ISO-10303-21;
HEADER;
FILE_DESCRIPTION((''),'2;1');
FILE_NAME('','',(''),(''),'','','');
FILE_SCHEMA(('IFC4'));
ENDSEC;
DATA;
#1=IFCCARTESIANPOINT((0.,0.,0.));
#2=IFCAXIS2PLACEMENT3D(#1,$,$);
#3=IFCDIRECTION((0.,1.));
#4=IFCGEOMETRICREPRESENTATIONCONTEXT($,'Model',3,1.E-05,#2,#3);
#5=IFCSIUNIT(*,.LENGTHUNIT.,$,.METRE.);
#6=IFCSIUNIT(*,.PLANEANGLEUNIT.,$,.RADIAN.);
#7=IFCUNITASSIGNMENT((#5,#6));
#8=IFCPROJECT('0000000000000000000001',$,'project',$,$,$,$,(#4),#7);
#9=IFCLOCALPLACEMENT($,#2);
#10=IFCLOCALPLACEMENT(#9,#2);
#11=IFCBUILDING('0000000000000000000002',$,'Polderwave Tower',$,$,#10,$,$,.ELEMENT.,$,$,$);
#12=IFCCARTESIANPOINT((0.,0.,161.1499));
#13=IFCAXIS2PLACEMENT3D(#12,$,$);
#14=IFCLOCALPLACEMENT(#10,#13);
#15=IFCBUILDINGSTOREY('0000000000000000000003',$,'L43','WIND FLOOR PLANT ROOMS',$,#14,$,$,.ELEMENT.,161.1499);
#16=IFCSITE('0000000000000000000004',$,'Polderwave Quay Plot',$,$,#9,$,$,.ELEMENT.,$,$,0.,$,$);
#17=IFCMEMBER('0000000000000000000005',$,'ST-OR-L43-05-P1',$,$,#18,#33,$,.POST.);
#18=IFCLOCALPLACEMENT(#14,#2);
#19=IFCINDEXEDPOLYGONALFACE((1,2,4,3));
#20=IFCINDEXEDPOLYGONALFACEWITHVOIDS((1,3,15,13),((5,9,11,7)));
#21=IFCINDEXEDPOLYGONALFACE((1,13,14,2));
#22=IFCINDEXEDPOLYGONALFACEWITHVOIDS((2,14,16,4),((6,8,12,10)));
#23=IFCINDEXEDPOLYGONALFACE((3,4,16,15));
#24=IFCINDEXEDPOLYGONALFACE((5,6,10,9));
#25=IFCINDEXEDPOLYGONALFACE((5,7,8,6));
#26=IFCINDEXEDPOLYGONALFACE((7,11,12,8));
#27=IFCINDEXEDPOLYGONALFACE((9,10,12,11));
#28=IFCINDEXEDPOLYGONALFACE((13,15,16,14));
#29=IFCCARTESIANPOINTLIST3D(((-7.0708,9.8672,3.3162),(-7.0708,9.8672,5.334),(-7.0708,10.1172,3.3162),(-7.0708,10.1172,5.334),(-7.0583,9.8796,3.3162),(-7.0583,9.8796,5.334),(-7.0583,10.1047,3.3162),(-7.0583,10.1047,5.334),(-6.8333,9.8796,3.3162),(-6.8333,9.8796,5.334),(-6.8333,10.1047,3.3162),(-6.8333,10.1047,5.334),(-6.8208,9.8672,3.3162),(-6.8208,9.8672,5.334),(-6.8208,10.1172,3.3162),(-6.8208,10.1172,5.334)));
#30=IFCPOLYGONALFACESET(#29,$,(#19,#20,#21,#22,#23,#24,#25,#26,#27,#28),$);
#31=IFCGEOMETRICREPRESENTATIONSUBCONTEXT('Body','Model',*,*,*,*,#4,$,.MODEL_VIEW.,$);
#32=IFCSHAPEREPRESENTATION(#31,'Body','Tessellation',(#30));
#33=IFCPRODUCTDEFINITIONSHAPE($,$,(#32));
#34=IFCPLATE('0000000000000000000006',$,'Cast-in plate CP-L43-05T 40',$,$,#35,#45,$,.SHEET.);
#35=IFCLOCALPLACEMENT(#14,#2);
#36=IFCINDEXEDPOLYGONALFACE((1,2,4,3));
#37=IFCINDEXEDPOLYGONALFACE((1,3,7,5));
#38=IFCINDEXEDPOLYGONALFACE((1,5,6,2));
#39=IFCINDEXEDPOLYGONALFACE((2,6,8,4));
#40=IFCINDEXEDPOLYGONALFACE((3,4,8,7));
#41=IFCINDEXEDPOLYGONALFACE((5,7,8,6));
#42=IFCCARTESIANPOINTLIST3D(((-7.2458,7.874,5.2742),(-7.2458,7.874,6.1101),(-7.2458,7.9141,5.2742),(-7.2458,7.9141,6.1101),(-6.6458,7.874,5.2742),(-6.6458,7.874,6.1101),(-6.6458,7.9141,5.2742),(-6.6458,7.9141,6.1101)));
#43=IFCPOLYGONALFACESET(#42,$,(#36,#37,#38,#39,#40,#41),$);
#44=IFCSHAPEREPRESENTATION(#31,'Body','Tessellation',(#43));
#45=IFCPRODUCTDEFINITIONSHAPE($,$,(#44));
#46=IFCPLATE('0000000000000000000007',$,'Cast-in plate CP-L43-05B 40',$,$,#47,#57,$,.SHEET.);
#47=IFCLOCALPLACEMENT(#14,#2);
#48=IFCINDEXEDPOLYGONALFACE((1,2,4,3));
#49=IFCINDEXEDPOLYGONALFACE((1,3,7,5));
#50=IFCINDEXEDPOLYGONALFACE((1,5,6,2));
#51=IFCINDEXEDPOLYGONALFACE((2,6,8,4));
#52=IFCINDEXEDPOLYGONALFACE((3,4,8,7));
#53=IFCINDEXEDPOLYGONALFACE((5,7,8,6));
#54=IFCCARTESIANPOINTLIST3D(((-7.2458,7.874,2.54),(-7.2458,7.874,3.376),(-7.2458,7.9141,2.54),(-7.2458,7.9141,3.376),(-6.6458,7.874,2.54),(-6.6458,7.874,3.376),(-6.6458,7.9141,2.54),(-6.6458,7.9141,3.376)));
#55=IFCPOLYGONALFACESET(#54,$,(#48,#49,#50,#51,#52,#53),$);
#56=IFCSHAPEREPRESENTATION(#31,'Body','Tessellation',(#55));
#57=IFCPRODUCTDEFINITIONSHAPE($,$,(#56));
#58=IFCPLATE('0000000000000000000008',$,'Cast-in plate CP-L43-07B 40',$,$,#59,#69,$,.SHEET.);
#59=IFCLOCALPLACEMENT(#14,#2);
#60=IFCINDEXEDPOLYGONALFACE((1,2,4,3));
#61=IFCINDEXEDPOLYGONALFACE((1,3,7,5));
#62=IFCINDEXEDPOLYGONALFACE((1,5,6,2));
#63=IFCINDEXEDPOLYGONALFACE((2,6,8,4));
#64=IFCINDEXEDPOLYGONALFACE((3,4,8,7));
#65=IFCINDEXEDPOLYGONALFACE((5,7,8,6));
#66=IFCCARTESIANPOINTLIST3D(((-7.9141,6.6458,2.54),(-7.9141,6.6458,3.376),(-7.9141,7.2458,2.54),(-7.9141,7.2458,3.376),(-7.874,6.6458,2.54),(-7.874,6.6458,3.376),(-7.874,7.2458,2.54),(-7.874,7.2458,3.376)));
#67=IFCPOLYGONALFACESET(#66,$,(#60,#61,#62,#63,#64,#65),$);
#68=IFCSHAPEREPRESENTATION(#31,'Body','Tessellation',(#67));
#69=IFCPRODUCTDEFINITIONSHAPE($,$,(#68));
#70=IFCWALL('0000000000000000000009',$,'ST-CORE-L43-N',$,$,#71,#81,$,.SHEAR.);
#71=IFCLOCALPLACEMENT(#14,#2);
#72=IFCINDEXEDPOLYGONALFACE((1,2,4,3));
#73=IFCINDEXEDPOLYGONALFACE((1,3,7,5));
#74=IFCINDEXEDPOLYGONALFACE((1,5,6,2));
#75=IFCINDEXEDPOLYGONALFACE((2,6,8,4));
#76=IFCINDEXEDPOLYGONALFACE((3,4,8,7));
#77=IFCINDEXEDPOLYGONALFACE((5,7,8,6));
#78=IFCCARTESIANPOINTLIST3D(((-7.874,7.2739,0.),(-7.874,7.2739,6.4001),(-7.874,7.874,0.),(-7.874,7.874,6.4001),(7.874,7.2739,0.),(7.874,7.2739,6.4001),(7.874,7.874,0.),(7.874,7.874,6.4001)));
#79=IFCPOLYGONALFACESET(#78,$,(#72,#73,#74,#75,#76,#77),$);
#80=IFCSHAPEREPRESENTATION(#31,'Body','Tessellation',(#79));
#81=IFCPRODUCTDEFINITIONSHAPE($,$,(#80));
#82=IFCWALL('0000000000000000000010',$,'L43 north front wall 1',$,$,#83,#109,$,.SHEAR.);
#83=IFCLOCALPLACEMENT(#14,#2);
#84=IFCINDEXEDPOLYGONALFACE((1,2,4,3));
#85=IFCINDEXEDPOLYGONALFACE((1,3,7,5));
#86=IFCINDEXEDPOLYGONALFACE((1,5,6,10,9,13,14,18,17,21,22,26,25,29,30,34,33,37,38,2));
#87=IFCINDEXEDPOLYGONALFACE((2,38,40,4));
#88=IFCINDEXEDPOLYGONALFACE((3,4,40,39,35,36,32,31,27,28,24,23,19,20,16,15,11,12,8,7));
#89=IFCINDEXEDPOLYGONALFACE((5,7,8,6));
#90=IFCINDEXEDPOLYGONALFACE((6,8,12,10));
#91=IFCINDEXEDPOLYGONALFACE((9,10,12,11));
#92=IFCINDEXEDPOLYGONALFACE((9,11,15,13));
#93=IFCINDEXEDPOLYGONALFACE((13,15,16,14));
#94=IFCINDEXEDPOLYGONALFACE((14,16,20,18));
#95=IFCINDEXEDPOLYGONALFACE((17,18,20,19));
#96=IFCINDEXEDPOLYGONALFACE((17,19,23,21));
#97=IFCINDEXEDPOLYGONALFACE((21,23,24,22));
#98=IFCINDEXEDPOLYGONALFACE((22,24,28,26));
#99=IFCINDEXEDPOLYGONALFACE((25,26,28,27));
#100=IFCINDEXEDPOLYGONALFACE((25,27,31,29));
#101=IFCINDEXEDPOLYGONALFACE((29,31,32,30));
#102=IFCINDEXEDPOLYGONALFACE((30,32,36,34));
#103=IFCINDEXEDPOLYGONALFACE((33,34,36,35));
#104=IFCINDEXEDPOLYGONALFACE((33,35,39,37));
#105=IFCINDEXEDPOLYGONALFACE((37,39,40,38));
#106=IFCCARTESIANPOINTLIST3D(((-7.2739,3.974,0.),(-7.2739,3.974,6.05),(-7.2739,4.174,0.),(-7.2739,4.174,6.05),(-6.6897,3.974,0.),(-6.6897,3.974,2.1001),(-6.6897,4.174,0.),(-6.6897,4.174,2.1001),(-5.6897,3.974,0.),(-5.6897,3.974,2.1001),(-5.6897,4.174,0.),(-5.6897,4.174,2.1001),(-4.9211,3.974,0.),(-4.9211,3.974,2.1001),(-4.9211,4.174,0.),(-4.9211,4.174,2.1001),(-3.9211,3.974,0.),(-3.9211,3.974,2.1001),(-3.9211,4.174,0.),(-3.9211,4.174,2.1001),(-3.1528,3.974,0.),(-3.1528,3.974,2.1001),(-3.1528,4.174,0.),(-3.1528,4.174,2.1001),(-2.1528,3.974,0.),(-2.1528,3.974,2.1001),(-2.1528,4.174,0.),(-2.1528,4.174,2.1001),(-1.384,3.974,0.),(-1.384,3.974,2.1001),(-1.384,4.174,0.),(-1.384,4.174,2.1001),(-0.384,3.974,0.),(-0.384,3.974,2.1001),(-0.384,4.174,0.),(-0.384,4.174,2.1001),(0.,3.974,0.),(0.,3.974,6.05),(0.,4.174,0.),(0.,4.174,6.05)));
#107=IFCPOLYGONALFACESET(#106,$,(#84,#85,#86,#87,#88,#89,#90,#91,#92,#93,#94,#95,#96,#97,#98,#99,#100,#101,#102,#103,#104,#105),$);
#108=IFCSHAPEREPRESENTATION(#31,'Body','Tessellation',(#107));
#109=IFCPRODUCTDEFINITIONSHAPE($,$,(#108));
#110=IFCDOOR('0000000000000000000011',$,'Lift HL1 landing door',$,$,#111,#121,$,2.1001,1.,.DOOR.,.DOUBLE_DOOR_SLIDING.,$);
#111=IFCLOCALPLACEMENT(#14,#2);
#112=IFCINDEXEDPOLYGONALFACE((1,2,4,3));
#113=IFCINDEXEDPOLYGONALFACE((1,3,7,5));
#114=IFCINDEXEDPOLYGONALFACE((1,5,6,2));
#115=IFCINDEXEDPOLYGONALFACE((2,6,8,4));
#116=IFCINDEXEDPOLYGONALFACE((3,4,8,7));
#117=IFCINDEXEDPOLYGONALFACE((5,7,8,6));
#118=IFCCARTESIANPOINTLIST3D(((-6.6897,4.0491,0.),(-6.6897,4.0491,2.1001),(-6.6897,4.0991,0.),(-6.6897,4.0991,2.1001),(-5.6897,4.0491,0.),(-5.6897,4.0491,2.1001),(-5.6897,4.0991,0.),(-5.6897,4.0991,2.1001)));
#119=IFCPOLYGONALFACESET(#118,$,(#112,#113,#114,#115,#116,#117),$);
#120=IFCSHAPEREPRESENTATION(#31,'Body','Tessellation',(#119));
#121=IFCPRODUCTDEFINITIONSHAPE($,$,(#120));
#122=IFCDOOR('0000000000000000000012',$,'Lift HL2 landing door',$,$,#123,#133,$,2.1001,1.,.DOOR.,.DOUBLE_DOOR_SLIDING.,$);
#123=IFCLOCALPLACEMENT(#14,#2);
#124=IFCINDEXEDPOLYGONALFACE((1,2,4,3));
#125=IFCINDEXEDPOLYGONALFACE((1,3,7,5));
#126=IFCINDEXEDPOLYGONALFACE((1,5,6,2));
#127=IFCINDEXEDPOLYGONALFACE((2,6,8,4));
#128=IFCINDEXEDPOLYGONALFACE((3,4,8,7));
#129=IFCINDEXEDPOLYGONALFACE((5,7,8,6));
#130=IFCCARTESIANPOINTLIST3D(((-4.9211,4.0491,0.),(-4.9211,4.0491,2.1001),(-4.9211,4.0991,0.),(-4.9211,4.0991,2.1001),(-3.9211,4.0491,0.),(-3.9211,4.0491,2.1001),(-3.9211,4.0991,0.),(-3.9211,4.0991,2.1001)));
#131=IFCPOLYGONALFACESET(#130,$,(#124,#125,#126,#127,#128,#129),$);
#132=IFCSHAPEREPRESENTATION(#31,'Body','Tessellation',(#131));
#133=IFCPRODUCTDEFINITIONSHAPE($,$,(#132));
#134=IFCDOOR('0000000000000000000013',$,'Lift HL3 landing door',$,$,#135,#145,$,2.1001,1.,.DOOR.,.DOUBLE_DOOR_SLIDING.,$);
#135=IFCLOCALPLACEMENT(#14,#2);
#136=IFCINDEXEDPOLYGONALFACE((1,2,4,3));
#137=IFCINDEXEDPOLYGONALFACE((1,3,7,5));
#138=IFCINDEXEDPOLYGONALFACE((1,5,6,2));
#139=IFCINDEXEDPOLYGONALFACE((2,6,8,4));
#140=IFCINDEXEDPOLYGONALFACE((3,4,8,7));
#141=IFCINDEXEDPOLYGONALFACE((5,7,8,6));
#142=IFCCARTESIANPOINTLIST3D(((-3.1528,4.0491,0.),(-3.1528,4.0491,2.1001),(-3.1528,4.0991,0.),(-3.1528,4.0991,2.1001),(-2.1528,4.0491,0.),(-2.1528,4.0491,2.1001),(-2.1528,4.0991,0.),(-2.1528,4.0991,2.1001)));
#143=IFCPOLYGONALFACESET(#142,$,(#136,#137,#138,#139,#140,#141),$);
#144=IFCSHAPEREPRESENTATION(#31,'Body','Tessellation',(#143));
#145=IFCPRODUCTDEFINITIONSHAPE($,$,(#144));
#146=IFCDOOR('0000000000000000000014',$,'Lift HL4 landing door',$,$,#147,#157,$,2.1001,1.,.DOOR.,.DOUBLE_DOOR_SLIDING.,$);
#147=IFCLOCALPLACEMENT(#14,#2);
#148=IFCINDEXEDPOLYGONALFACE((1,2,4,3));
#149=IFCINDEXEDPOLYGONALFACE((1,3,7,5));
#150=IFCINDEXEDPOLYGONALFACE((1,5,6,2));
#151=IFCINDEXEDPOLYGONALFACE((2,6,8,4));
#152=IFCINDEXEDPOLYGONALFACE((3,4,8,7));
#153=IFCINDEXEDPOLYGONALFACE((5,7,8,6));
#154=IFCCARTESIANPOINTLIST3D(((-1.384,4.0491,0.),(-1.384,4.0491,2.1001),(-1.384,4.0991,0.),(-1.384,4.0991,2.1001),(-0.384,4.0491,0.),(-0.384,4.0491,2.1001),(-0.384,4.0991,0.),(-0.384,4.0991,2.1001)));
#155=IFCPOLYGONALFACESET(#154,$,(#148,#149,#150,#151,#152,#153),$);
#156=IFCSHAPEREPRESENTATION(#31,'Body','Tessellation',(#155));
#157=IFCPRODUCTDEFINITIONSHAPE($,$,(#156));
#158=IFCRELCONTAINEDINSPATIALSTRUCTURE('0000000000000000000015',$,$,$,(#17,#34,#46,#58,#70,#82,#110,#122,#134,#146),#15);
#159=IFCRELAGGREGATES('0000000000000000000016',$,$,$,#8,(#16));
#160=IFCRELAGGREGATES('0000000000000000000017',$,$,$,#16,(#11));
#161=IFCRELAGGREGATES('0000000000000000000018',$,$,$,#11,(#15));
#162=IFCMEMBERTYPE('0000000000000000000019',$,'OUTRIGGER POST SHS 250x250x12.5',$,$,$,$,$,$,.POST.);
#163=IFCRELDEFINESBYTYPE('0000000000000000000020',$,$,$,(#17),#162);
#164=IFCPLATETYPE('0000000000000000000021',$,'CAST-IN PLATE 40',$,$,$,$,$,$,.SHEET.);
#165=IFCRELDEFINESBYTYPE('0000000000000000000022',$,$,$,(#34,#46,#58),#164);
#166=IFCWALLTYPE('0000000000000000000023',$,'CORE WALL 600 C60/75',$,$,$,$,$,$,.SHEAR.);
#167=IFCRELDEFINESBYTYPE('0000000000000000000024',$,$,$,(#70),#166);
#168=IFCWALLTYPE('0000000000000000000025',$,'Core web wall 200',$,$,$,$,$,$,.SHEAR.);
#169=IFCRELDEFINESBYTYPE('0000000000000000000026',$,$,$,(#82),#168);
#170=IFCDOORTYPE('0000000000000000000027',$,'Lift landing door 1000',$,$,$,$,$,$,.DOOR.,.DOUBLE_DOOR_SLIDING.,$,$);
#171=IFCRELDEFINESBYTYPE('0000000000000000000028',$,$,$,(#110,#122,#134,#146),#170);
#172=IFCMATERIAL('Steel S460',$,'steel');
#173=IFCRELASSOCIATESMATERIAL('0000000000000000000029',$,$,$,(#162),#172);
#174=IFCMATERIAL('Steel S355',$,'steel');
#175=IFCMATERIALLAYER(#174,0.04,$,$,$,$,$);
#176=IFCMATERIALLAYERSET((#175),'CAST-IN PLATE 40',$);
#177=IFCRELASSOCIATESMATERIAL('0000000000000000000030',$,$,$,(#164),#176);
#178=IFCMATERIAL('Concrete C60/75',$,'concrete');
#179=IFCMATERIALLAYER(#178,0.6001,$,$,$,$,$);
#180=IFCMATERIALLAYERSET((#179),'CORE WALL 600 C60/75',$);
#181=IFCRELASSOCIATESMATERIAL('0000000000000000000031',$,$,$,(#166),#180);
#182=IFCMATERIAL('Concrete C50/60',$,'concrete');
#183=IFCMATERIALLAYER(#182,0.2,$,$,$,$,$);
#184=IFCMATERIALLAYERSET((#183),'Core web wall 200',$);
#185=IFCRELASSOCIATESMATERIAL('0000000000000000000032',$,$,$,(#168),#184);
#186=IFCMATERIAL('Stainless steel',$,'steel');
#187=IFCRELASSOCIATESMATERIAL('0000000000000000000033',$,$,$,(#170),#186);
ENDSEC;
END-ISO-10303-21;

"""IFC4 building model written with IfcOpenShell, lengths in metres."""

from ifc_helpers import new_model, si_unit, direction, frame, frame_2d, origin, origin_2d, place, context, subcontext, project, spatial, rectangle, hollow_rectangle, extrude, material, layer, layer_set, material_profile, profile_set, type_object, element, fill, save


model = new_model("IFC4")

# Units and contexts
model_context = context("Model", 3, precision=1e-05, world=origin(), true_north=direction((0.0, 1.0)))
body_context = subcontext(model_context, "Body", "Model", "MODEL_VIEW")
ifc_project = project(units=[si_unit("LENGTHUNIT", "METRE"), si_unit("PLANEANGLEUNIT", "RADIAN")], contexts=[model_context])

# Site, building, storey
site_placement = place(None, origin())
site = spatial("IfcSite", under=ifc_project, at=site_placement, Name="Polderwave Quay Plot", CompositionType="ELEMENT", RefElevation=0.0)
building_placement = place(site_placement, origin())
building = spatial("IfcBuilding", under=site, at=building_placement, Name="Polderwave Tower", CompositionType="ELEMENT")
storey_placement = place(building_placement, frame((0.0, 0.0, 161.1499)))
storey = spatial("IfcBuildingStorey", under=building, at=storey_placement, Name="L43", Description="WIND FLOOR PLANT ROOMS", CompositionType="ELEMENT", Elevation=161.1499)

# Member
ifc_material_1 = material(Name="Steel S460", Category="steel")
ifc_material_profile_1 = material_profile(ifc_material_1, hollow_rectangle(XDim=0.25, YDim=0.25, WallThickness=0.0125, at=origin_2d()), Name="SHS 250x250x12.5")
ifc_profile_set_1 = profile_set([ifc_material_profile_1], Name="Steel S460")
member_type_1 = type_object("IfcMemberType", Name="OUTRIGGER POST SHS 250x250x12.5", PredefinedType="POST", material=ifc_profile_set_1)
member_placement = place(storey_placement, frame((-6.9458, 9.9922, 3.3162), z_axis=(0.0, 0.0, 1.0), x_axis=(1.0, 0.0, 0.0)))
element("IfcMember", 1, at=member_placement, inside=storey, type_object=member_type_1, Name="ST-OR-L43-05-P1", PredefinedType="POST", context=body_context, shape_type="SweptSolid", body=[
    extrude(hollow_rectangle(XDim=0.25, YDim=0.25, WallThickness=0.0125, at=origin_2d()), origin(), (0.0, 0.0, 1.0), 2.0178),
])

# Plates
ifc_material_2 = material(Name="Steel S355", Category="steel")
ifc_layer_1 = layer(ifc_material_2, 0.04)
ifc_layer_set_1 = layer_set([ifc_layer_1], Name="CAST-IN PLATE 40")
plate_type = type_object("IfcPlateType", Name="CAST-IN PLATE 40", PredefinedType="SHEET", material=ifc_layer_set_1)
for number, where, z_axis, x_axis, name in (
    (2, (-6.9458, 7.894, 5.2742), (0.0, 0.0, 1.0), (0.0, 1.0, 0.0), "Cast-in plate CP-L43-05T 40"),
    (3, (-6.9458, 7.894, 2.54), (0.0, 0.0, 1.0), (0.0, 1.0, 0.0), "Cast-in plate CP-L43-05B 40"),
    (4, (-7.894, 6.9458, 2.54), (0.0, 0.0, 1.0), (1.0, 0.0, 0.0), "Cast-in plate CP-L43-07B 40"),
):
    element("IfcPlate", number, at=place(storey_placement, frame(where, z_axis=z_axis, x_axis=x_axis)), inside=storey, type_object=plate_type, Name=name, PredefinedType="SHEET", context=body_context, shape_type="SweptSolid", body=[
        extrude(rectangle(XDim=0.04, YDim=0.6001, at=origin_2d()), origin(), (0.0, 0.0, 1.0), 0.8359),
    ])

# Wall
ifc_material_3 = material(Name="Concrete C60/75", Category="concrete")
ifc_layer_2 = layer(ifc_material_3, 0.6001)
ifc_layer_set_2 = layer_set([ifc_layer_2], Name="CORE WALL 600 C60/75")
wall_type_1 = type_object("IfcWallType", Name="CORE WALL 600 C60/75", PredefinedType="SHEAR", material=ifc_layer_set_2)
wall_1_placement = place(storey_placement, frame((-7.874, 7.574, 0.0), z_axis=(0.0, 0.0, 1.0), x_axis=(1.0, 0.0, 0.0)))
element("IfcWall", 5, at=wall_1_placement, inside=storey, type_object=wall_type_1, Name="ST-CORE-L43-N", PredefinedType="SHEAR", context=body_context, shape_type="SweptSolid", body=[
    extrude(rectangle(XDim=15.748, YDim=0.6001, at=frame_2d((7.874, 0.0))), origin(), (0.0, 0.0, 1.0), 6.4001),
])

# Wall, openings, doors
ifc_material_4 = material(Name="Concrete C50/60", Category="concrete")
ifc_layer_3 = layer(ifc_material_4, 0.2)
ifc_layer_set_3 = layer_set([ifc_layer_3], Name="Core web wall 200")
wall_type_2 = type_object("IfcWallType", Name="Core web wall 200", PredefinedType="SHEAR", material=ifc_layer_set_3)
wall_2_placement = place(storey_placement, frame((-7.2739, 4.074, 0.0), z_axis=(0.0, 0.0, 1.0), x_axis=(1.0, 0.0, 0.0)))
wall_2 = element("IfcWall", 6, at=wall_2_placement, inside=storey, type_object=wall_type_2, Name="L43 north front wall 1", PredefinedType="SHEAR", context=body_context, shape_type="SweptSolid", body=[
    extrude(rectangle(XDim=7.2739, YDim=0.2, at=frame_2d((3.637, 0.0))), origin(), (0.0, 0.0, 1.0), 6.05),
])
opening_1_placement = place(wall_2_placement, frame((0.5842, 0.0, 0.0)))
opening_1 = element("IfcOpeningElement", 7, at=opening_1_placement, cuts=wall_2, PredefinedType="OPENING", context=body_context, shape_type="SweptSolid", body=[
    extrude(rectangle(XDim=1.0, YDim=2.1001, at=frame_2d((0.5, 1.05))), frame((0.0, 0.1099, 0.0), z_axis=(0.0, -1.0, 0.0), x_axis=(1.0, 0.0, 0.0)), (0.0, 0.0, 1.0), 0.22),
])
opening_2_placement = place(wall_2_placement, frame((2.3528, 0.0, 0.0)))
opening_2 = element("IfcOpeningElement", 8, at=opening_2_placement, cuts=wall_2, PredefinedType="OPENING", context=body_context, shape_type="SweptSolid", body=[
    extrude(rectangle(XDim=1.0, YDim=2.1001, at=frame_2d((0.5, 1.05))), frame((0.0, 0.1099, 0.0), z_axis=(0.0, -1.0, 0.0), x_axis=(1.0, 0.0, 0.0)), (0.0, 0.0, 1.0), 0.22),
])
opening_3_placement = place(wall_2_placement, frame((4.1211, 0.0, 0.0)))
opening_3 = element("IfcOpeningElement", 9, at=opening_3_placement, cuts=wall_2, PredefinedType="OPENING", context=body_context, shape_type="SweptSolid", body=[
    extrude(rectangle(XDim=1.0, YDim=2.1001, at=frame_2d((0.5, 1.05))), frame((0.0, 0.1099, 0.0), z_axis=(0.0, -1.0, 0.0), x_axis=(1.0, 0.0, 0.0)), (0.0, 0.0, 1.0), 0.22),
])
opening_4_placement = place(wall_2_placement, frame((5.8899, 0.0, 0.0)))
opening_4 = element("IfcOpeningElement", 10, at=opening_4_placement, cuts=wall_2, PredefinedType="OPENING", context=body_context, shape_type="SweptSolid", body=[
    extrude(rectangle(XDim=1.0, YDim=2.1001, at=frame_2d((0.5, 1.05))), frame((0.0, 0.1099, 0.0), z_axis=(0.0, -1.0, 0.0), x_axis=(1.0, 0.0, 0.0)), (0.0, 0.0, 1.0), 0.22),
])
ifc_material_5 = material(Name="Stainless steel", Category="steel")
door_type_1 = type_object("IfcDoorType", Name="Lift landing door 1000", OperationType="DOUBLE_DOOR_SLIDING", PredefinedType="DOOR", material=ifc_material_5)
door_1_placement = place(opening_1_placement, frame((1.0, 0.0, 0.0), z_axis=(0.0, 0.0, 1.0), x_axis=(-1.0, 0.0, 0.0)))
door_1 = element("IfcDoor", 11, at=door_1_placement, inside=storey, type_object=door_type_1, Name="Lift HL1 landing door", OperationType="DOUBLE_DOOR_SLIDING", OverallHeight=2.1001, OverallWidth=1.0, PredefinedType="DOOR", context=body_context, shape_type="SweptSolid", body=[
    extrude(rectangle(XDim=1.0, YDim=2.1001, at=frame_2d((0.5, 1.05))), frame((0.0, 0.0249, 0.0), z_axis=(0.0, -1.0, 0.0), x_axis=(1.0, 0.0, 0.0)), (0.0, 0.0, 1.0), 0.05),
])
fill(opening_1, door_1)
door_2_placement = place(opening_2_placement, frame((1.0, 0.0, 0.0), z_axis=(0.0, 0.0, 1.0), x_axis=(-1.0, 0.0, 0.0)))
door_2 = element("IfcDoor", 12, at=door_2_placement, inside=storey, type_object=door_type_1, Name="Lift HL2 landing door", OperationType="DOUBLE_DOOR_SLIDING", OverallHeight=2.1001, OverallWidth=1.0, PredefinedType="DOOR", context=body_context, shape_type="SweptSolid", body=[
    extrude(rectangle(XDim=1.0, YDim=2.1001, at=frame_2d((0.5, 1.05))), frame((0.0, 0.0249, 0.0), z_axis=(0.0, -1.0, 0.0), x_axis=(1.0, 0.0, 0.0)), (0.0, 0.0, 1.0), 0.05),
])
fill(opening_2, door_2)
door_3_placement = place(opening_3_placement, frame((1.0, 0.0, 0.0), z_axis=(0.0, 0.0, 1.0), x_axis=(-1.0, 0.0, 0.0)))
door_3 = element("IfcDoor", 13, at=door_3_placement, inside=storey, type_object=door_type_1, Name="Lift HL3 landing door", OperationType="DOUBLE_DOOR_SLIDING", OverallHeight=2.1001, OverallWidth=1.0, PredefinedType="DOOR", context=body_context, shape_type="SweptSolid", body=[
    extrude(rectangle(XDim=1.0, YDim=2.1001, at=frame_2d((0.5, 1.05))), frame((0.0, 0.0249, 0.0), z_axis=(0.0, -1.0, 0.0), x_axis=(1.0, 0.0, 0.0)), (0.0, 0.0, 1.0), 0.05),
])
fill(opening_3, door_3)
door_4_placement = place(opening_4_placement, frame((1.0, 0.0, 0.0), z_axis=(0.0, 0.0, 1.0), x_axis=(-1.0, 0.0, 0.0)))
door_4 = element("IfcDoor", 14, at=door_4_placement, inside=storey, type_object=door_type_1, Name="Lift HL4 landing door", OperationType="DOUBLE_DOOR_SLIDING", OverallHeight=2.1001, OverallWidth=1.0, PredefinedType="DOOR", context=body_context, shape_type="SweptSolid", body=[
    extrude(rectangle(XDim=1.0, YDim=2.1001, at=frame_2d((0.5, 1.05))), frame((0.0, 0.0249, 0.0), z_axis=(0.0, -1.0, 0.0), x_axis=(1.0, 0.0, 0.0)), (0.0, 0.0, 1.0), 0.05),
])
fill(opening_4, door_4)

save(model, "model.ifc")
